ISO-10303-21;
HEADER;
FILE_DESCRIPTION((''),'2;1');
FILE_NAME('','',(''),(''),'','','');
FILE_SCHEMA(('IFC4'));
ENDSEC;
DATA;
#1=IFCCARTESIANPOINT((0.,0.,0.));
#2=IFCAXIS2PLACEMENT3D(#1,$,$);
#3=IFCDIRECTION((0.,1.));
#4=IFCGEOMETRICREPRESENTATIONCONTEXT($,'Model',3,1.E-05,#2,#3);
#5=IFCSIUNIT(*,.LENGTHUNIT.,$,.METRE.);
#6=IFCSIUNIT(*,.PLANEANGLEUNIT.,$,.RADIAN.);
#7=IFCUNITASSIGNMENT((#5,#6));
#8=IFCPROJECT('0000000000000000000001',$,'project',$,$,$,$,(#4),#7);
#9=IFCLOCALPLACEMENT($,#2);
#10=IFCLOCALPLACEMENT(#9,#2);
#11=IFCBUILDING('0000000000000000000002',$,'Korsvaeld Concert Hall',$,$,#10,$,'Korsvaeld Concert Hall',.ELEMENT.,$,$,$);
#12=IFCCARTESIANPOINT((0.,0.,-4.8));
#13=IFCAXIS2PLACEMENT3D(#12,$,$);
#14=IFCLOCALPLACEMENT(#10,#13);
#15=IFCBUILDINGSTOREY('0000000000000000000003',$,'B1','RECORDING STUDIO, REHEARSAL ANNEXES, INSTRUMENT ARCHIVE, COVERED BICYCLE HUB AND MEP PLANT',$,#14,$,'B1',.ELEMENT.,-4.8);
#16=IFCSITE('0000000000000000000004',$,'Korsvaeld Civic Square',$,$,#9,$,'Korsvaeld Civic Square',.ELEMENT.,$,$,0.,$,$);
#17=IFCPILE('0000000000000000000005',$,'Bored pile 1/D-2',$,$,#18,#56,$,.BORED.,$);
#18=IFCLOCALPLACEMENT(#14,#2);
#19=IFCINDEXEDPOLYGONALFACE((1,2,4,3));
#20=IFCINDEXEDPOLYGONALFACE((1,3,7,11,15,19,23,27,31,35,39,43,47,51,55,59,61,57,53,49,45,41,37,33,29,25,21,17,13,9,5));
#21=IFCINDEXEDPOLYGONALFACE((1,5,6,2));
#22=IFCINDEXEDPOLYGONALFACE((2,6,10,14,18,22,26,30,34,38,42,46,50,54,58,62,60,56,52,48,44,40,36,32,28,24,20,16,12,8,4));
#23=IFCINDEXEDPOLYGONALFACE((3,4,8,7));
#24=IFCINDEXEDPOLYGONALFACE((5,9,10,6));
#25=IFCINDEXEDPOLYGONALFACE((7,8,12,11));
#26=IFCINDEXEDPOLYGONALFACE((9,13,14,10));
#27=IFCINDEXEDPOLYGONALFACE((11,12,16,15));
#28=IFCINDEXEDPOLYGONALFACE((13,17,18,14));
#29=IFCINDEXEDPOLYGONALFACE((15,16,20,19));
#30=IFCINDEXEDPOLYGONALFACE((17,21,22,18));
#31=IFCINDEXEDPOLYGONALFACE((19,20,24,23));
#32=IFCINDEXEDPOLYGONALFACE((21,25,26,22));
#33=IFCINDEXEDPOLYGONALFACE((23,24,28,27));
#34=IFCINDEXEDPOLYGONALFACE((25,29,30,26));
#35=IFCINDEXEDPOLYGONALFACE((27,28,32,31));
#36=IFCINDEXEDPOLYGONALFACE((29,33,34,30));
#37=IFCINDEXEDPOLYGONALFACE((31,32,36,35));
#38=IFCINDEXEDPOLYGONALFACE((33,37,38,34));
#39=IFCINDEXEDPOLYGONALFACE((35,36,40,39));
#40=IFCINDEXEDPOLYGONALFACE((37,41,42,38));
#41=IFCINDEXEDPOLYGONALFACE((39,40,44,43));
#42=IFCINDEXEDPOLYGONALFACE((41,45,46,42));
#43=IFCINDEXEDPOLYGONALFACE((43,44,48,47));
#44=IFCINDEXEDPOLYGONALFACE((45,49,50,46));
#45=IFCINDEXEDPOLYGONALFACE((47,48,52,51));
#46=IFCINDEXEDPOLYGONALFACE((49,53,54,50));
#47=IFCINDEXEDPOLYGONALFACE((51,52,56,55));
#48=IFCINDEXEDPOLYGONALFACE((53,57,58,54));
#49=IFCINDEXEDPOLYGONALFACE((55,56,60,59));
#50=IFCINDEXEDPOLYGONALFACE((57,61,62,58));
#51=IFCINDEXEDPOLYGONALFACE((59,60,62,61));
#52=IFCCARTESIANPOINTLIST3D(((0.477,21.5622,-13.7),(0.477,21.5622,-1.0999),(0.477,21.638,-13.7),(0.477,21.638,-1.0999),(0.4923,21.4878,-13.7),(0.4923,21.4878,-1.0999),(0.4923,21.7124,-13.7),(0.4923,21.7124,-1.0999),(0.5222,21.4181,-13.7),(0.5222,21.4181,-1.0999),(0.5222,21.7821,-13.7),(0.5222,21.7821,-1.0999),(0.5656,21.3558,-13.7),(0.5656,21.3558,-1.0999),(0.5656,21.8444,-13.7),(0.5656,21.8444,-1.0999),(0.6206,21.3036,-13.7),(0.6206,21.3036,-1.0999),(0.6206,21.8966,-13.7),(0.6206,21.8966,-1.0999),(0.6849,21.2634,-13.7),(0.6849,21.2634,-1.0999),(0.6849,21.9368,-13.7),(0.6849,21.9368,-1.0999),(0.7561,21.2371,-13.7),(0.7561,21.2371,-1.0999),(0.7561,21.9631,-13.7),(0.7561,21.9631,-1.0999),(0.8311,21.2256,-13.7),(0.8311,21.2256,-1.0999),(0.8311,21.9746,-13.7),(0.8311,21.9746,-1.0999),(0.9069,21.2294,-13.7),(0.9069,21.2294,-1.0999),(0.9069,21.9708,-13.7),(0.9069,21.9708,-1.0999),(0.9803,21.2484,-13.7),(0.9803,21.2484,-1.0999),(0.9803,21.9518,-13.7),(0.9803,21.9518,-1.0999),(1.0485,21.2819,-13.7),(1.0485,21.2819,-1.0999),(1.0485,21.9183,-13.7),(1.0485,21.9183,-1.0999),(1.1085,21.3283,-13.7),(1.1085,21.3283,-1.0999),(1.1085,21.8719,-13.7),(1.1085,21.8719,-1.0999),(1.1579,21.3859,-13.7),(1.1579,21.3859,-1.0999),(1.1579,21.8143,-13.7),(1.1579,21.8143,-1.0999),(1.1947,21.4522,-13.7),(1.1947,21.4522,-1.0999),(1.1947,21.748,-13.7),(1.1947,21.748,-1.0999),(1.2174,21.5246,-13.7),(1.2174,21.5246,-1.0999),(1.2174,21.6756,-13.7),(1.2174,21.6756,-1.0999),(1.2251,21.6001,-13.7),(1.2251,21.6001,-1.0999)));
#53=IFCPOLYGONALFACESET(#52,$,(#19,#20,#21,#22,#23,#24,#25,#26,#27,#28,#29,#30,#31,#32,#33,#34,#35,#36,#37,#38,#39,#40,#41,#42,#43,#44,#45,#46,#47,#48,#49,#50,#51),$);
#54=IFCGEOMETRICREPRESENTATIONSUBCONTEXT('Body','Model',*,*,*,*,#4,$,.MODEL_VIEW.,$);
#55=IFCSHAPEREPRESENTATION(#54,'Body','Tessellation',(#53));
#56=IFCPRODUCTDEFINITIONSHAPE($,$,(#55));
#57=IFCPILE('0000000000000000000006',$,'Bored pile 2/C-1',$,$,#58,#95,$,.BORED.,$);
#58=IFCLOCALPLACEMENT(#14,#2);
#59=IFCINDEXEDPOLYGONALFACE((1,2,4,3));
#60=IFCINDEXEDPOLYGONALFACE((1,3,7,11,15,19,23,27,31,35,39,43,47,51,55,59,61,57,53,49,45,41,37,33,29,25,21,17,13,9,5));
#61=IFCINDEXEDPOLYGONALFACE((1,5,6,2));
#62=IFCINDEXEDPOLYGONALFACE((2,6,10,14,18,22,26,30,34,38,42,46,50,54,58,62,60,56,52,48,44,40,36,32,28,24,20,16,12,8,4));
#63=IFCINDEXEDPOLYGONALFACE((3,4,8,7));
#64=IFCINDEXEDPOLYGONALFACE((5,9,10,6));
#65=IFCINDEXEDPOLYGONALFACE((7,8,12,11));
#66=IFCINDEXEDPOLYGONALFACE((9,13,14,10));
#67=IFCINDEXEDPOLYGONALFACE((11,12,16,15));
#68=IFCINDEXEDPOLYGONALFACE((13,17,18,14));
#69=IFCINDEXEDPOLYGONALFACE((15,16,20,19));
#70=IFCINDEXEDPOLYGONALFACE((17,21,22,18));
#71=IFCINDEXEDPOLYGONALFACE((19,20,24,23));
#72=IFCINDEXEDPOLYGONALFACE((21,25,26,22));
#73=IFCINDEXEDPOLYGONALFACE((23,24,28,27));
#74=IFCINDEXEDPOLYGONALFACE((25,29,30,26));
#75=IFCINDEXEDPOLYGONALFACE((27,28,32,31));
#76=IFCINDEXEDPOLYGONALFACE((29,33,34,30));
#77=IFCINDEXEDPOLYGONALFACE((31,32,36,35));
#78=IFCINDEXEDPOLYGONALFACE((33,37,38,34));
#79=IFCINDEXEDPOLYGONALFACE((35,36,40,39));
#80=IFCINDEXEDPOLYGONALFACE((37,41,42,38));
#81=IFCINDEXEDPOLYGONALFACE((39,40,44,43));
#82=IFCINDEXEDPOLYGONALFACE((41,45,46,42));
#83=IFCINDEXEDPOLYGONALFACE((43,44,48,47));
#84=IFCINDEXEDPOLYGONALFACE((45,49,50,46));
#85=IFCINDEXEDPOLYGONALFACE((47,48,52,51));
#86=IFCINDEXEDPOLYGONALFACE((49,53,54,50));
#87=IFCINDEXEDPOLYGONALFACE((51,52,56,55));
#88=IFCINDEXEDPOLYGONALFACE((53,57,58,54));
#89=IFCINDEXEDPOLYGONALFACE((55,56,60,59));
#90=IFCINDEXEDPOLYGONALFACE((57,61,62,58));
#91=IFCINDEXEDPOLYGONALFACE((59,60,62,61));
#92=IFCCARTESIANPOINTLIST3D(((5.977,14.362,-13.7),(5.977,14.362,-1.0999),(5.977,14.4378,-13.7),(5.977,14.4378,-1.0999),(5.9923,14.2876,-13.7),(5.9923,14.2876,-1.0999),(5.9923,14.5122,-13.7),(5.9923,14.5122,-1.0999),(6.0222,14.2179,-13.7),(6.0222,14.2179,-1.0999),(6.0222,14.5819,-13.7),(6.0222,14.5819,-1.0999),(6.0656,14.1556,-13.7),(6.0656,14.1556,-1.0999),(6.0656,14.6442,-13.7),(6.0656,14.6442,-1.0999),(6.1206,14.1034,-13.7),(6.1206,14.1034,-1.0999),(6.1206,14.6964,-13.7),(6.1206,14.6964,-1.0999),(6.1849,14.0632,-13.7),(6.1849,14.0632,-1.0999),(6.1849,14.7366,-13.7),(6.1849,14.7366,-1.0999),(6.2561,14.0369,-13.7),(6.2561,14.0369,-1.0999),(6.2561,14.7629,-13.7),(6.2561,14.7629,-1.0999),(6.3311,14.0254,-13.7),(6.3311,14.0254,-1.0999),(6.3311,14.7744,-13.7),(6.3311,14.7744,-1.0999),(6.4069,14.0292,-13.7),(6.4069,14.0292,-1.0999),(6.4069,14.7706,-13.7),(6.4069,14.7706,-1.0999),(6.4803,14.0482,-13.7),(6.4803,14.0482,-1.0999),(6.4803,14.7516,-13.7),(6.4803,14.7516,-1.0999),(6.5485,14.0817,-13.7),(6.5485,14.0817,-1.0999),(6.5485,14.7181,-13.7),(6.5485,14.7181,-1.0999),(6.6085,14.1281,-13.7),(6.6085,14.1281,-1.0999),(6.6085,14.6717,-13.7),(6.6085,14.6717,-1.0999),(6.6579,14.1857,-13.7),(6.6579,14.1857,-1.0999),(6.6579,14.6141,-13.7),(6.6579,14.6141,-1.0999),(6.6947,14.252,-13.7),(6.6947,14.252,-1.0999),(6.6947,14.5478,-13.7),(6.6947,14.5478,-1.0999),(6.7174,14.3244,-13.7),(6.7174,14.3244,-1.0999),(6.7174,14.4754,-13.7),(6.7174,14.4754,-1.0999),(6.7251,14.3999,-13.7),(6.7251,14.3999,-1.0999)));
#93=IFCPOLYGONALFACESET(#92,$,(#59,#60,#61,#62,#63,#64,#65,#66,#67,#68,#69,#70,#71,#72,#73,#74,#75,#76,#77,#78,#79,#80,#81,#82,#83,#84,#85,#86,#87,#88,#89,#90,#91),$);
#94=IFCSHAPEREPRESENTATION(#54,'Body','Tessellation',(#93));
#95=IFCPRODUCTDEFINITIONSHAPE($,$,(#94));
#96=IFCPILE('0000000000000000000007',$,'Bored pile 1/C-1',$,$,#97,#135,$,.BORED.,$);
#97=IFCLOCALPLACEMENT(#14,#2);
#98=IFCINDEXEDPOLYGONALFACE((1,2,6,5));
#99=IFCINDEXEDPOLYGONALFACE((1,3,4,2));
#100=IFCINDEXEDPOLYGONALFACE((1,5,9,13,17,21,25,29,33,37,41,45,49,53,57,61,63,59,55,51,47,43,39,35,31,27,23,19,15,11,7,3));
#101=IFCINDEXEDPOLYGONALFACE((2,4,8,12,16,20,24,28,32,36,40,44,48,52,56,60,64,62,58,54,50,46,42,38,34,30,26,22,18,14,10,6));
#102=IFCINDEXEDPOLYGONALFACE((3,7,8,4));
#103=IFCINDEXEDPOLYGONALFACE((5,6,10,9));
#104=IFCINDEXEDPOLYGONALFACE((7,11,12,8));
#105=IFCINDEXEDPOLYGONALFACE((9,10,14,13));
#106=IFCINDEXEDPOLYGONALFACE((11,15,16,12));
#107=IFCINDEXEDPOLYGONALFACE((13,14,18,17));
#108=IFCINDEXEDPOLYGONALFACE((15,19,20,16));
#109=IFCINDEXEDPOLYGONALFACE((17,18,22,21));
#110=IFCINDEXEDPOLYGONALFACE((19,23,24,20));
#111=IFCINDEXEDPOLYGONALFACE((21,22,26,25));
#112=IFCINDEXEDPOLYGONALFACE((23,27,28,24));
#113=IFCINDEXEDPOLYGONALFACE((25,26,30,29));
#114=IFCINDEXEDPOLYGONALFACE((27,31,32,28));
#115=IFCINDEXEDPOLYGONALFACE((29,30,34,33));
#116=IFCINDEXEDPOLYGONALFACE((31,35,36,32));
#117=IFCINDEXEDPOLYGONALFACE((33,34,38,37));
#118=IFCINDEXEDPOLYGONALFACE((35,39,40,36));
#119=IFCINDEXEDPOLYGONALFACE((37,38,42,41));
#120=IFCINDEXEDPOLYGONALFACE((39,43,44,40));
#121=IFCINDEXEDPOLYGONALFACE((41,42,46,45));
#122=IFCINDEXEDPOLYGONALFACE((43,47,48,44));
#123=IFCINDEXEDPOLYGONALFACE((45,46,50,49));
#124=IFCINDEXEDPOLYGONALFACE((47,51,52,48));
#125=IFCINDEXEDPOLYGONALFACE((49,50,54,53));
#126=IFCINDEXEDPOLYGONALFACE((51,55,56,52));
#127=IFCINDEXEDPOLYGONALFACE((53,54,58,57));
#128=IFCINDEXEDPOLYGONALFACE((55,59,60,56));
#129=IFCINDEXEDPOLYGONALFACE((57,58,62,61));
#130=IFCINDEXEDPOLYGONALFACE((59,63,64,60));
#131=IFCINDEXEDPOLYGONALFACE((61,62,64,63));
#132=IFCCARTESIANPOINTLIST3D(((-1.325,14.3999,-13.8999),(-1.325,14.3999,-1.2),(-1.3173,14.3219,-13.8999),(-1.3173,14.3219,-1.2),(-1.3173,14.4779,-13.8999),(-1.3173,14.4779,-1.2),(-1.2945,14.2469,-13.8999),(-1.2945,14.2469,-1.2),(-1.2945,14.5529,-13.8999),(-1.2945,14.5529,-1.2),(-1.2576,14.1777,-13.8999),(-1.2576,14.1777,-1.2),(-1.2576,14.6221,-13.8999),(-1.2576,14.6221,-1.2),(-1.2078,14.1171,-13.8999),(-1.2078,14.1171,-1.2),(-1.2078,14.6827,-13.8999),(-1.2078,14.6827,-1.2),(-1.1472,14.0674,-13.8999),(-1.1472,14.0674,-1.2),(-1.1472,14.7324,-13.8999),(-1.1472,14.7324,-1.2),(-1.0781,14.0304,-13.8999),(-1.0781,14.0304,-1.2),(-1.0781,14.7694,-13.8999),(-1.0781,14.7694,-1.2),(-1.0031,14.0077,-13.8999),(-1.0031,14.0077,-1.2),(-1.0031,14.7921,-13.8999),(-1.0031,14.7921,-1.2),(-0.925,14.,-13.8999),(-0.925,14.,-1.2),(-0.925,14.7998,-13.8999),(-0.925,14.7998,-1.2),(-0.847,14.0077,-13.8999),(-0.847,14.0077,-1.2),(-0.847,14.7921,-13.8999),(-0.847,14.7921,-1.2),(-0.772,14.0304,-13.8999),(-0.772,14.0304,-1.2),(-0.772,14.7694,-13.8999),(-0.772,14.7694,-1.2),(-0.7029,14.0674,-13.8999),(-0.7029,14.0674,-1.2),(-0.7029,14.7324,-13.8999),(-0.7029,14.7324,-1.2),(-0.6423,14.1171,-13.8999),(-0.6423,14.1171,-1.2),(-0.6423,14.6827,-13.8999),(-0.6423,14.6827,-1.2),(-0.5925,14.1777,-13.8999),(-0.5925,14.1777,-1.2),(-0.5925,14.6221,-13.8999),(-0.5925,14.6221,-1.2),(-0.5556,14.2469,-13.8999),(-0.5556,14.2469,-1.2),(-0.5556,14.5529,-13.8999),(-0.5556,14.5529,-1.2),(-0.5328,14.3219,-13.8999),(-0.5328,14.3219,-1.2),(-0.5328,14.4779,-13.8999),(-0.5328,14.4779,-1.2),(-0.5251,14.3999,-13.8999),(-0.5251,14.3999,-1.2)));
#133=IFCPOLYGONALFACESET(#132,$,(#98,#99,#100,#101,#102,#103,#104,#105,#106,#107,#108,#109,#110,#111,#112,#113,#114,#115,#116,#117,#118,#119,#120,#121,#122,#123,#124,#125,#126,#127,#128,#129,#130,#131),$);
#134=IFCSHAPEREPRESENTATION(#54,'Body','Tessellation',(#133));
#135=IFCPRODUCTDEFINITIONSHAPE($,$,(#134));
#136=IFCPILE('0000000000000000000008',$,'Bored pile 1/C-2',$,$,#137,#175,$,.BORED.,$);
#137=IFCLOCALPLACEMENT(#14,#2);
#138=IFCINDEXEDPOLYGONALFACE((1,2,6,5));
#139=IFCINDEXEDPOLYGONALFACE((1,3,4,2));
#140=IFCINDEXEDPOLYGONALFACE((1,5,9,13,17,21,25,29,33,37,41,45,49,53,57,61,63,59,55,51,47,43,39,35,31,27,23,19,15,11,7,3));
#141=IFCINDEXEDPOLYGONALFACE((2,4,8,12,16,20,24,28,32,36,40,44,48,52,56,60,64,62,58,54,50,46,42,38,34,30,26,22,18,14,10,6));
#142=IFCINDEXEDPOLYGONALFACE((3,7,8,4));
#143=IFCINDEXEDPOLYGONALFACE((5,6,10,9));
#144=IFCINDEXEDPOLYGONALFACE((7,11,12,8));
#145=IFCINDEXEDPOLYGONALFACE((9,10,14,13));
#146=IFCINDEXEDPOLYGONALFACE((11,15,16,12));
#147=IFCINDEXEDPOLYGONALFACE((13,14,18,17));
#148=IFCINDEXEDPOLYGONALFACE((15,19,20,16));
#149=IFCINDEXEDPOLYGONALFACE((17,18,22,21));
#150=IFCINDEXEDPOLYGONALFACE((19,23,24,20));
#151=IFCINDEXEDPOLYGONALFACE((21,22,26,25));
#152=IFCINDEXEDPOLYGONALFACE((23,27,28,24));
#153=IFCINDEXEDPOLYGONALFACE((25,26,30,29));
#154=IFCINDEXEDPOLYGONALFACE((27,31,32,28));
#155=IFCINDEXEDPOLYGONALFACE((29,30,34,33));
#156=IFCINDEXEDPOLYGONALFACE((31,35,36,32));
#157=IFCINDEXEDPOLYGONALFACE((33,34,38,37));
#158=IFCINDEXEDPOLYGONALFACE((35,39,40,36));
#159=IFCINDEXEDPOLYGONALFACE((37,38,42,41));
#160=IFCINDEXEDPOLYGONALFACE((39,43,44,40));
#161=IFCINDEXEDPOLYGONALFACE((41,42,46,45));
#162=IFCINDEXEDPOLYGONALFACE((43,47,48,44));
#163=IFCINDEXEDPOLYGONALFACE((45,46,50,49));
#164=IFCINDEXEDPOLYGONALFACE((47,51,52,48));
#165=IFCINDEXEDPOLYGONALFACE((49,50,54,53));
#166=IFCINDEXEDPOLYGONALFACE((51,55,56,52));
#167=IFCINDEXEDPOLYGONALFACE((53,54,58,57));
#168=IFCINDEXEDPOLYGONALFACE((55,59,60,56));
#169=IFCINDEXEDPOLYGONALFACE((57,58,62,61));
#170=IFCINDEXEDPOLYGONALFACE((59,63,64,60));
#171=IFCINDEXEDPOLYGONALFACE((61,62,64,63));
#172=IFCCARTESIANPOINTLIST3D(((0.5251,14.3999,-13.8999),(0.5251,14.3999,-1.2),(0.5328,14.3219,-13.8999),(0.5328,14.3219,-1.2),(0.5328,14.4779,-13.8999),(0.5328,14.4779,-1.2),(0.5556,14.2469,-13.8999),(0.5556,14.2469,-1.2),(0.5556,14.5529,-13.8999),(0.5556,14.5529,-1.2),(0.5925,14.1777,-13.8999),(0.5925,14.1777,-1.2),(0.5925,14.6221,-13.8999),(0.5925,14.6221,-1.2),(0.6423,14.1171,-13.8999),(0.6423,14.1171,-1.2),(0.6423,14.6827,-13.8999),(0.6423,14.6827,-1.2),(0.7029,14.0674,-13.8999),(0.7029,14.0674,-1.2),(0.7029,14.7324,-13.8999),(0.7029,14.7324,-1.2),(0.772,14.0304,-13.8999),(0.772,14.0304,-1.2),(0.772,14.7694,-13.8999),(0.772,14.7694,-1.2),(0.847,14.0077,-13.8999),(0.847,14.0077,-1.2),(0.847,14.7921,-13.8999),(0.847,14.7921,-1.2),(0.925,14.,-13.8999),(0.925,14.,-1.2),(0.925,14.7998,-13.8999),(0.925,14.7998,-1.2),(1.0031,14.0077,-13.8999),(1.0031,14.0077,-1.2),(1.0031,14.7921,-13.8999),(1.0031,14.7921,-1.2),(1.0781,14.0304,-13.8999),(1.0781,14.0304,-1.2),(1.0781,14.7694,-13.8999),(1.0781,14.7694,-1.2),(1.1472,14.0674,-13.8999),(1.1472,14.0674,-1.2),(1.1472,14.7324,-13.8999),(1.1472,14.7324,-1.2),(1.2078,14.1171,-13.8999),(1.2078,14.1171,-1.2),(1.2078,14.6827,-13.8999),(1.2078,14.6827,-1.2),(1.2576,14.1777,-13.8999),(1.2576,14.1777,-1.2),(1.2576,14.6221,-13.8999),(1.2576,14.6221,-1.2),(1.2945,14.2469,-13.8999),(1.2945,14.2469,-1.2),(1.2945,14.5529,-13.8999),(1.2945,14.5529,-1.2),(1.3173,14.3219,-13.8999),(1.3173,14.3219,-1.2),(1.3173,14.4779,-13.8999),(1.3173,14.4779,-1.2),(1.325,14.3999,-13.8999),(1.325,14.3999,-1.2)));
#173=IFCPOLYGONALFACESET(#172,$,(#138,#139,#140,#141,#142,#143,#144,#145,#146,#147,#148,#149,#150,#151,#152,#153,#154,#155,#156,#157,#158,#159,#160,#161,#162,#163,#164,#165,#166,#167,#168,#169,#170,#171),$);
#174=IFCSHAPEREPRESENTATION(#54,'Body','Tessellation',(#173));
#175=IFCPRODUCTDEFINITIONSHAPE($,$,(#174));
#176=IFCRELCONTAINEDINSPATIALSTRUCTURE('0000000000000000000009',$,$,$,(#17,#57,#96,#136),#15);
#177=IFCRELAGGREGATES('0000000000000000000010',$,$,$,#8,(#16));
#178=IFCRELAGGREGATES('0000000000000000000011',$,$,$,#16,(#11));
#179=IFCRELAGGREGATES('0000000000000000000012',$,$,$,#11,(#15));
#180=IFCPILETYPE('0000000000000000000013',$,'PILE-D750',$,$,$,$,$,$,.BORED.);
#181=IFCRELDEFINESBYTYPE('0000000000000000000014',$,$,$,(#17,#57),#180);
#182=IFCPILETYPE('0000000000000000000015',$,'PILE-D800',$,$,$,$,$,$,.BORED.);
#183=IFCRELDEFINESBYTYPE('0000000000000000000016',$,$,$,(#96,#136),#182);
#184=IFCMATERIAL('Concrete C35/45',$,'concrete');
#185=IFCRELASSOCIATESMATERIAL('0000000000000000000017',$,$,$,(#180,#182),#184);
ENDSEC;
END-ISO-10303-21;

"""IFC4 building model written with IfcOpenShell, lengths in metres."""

from ifc_helpers import new_model, si_unit, direction, frame, origin, origin_2d, place, context, subcontext, project, spatial, circle, extrude, material, material_profile, profile_set, type_object, element, save


model = new_model("IFC4")

# Units and contexts
model_context = context("Model", 3, precision=1e-05, world=origin(), true_north=direction((0.0, 1.0)))
body_context = subcontext(model_context, "Body", "Model", "MODEL_VIEW")
ifc_project = project(units=[si_unit("LENGTHUNIT", "METRE"), si_unit("PLANEANGLEUNIT", "RADIAN")], contexts=[model_context])

# Site, building, storey
site_placement = place(None, origin())
site = spatial("IfcSite", under=ifc_project, at=site_placement, Name="Korsvaeld Civic Square", LongName="Korsvaeld Civic Square", CompositionType="ELEMENT", RefElevation=0.0)
building_placement = place(site_placement, origin())
building = spatial("IfcBuilding", under=site, at=building_placement, Name="Korsvaeld Concert Hall", LongName="Korsvaeld Concert Hall", CompositionType="ELEMENT")
storey_placement = place(building_placement, frame((0.0, 0.0, -4.8)))
storey = spatial("IfcBuildingStorey", under=building, at=storey_placement, Name="B1", Description="RECORDING STUDIO, REHEARSAL ANNEXES, INSTRUMENT ARCHIVE, COVERED BICYCLE HUB AND MEP PLANT", LongName="B1", CompositionType="ELEMENT", Elevation=-4.8)

# Shared definitions
ifc_material_1 = material(Name="Concrete C35/45", Category="concrete")

# Piles
ifc_material_profile_1 = material_profile(ifc_material_1, circle(Radius=0.375, at=origin_2d()), Name="BORED PILE D750")
ifc_profile_set_1 = profile_set([ifc_material_profile_1], Name="Concrete C35/45")
pile_type_1 = type_object("IfcPileType", Name="PILE-D750", PredefinedType="BORED", material=ifc_profile_set_1)
for number, where, z_axis, x_axis, name in (
    (1, (0.8501, 21.6001, -1.0999), (0.0, 0.0, -1.0), (1.0, 0.0, 0.0), "Bored pile 1/D-2"),
    (2, (6.3501, 14.3999, -1.0999), (0.0, 0.0, -1.0), (1.0, 0.0, 0.0), "Bored pile 2/C-1"),
):
    element("IfcPile", number, at=place(storey_placement, frame(where, z_axis=z_axis, x_axis=x_axis)), inside=storey, type_object=pile_type_1, Name=name, PredefinedType="BORED", context=body_context, shape_type="SweptSolid", body=[
        extrude(circle(Radius=0.375, at=origin_2d()), origin(), (0.0, 0.0, 1.0), 12.6001),
    ])
ifc_material_profile_2 = material_profile(ifc_material_1, circle(Radius=0.3999, at=origin_2d()), Name="BORED PILE D800")
ifc_profile_set_2 = profile_set([ifc_material_profile_2], Name="Concrete C35/45")
pile_type_2 = type_object("IfcPileType", Name="PILE-D800", PredefinedType="BORED", material=ifc_profile_set_2)
for number, where, z_axis, x_axis, name in (
    (3, (-0.925, 14.3999, -1.2), (0.0, 0.0, -1.0), (1.0, 0.0, 0.0), "Bored pile 1/C-1"),
    (4, (0.925, 14.3999, -1.2), (0.0, 0.0, -1.0), (1.0, 0.0, 0.0), "Bored pile 1/C-2"),
):
    element("IfcPile", number, at=place(storey_placement, frame(where, z_axis=z_axis, x_axis=x_axis)), inside=storey, type_object=pile_type_2, Name=name, PredefinedType="BORED", context=body_context, shape_type="SweptSolid", body=[
        extrude(circle(Radius=0.3999, at=origin_2d()), origin(), (0.0, 0.0, 1.0), 12.7),
    ])

save(model, "model.ifc")
